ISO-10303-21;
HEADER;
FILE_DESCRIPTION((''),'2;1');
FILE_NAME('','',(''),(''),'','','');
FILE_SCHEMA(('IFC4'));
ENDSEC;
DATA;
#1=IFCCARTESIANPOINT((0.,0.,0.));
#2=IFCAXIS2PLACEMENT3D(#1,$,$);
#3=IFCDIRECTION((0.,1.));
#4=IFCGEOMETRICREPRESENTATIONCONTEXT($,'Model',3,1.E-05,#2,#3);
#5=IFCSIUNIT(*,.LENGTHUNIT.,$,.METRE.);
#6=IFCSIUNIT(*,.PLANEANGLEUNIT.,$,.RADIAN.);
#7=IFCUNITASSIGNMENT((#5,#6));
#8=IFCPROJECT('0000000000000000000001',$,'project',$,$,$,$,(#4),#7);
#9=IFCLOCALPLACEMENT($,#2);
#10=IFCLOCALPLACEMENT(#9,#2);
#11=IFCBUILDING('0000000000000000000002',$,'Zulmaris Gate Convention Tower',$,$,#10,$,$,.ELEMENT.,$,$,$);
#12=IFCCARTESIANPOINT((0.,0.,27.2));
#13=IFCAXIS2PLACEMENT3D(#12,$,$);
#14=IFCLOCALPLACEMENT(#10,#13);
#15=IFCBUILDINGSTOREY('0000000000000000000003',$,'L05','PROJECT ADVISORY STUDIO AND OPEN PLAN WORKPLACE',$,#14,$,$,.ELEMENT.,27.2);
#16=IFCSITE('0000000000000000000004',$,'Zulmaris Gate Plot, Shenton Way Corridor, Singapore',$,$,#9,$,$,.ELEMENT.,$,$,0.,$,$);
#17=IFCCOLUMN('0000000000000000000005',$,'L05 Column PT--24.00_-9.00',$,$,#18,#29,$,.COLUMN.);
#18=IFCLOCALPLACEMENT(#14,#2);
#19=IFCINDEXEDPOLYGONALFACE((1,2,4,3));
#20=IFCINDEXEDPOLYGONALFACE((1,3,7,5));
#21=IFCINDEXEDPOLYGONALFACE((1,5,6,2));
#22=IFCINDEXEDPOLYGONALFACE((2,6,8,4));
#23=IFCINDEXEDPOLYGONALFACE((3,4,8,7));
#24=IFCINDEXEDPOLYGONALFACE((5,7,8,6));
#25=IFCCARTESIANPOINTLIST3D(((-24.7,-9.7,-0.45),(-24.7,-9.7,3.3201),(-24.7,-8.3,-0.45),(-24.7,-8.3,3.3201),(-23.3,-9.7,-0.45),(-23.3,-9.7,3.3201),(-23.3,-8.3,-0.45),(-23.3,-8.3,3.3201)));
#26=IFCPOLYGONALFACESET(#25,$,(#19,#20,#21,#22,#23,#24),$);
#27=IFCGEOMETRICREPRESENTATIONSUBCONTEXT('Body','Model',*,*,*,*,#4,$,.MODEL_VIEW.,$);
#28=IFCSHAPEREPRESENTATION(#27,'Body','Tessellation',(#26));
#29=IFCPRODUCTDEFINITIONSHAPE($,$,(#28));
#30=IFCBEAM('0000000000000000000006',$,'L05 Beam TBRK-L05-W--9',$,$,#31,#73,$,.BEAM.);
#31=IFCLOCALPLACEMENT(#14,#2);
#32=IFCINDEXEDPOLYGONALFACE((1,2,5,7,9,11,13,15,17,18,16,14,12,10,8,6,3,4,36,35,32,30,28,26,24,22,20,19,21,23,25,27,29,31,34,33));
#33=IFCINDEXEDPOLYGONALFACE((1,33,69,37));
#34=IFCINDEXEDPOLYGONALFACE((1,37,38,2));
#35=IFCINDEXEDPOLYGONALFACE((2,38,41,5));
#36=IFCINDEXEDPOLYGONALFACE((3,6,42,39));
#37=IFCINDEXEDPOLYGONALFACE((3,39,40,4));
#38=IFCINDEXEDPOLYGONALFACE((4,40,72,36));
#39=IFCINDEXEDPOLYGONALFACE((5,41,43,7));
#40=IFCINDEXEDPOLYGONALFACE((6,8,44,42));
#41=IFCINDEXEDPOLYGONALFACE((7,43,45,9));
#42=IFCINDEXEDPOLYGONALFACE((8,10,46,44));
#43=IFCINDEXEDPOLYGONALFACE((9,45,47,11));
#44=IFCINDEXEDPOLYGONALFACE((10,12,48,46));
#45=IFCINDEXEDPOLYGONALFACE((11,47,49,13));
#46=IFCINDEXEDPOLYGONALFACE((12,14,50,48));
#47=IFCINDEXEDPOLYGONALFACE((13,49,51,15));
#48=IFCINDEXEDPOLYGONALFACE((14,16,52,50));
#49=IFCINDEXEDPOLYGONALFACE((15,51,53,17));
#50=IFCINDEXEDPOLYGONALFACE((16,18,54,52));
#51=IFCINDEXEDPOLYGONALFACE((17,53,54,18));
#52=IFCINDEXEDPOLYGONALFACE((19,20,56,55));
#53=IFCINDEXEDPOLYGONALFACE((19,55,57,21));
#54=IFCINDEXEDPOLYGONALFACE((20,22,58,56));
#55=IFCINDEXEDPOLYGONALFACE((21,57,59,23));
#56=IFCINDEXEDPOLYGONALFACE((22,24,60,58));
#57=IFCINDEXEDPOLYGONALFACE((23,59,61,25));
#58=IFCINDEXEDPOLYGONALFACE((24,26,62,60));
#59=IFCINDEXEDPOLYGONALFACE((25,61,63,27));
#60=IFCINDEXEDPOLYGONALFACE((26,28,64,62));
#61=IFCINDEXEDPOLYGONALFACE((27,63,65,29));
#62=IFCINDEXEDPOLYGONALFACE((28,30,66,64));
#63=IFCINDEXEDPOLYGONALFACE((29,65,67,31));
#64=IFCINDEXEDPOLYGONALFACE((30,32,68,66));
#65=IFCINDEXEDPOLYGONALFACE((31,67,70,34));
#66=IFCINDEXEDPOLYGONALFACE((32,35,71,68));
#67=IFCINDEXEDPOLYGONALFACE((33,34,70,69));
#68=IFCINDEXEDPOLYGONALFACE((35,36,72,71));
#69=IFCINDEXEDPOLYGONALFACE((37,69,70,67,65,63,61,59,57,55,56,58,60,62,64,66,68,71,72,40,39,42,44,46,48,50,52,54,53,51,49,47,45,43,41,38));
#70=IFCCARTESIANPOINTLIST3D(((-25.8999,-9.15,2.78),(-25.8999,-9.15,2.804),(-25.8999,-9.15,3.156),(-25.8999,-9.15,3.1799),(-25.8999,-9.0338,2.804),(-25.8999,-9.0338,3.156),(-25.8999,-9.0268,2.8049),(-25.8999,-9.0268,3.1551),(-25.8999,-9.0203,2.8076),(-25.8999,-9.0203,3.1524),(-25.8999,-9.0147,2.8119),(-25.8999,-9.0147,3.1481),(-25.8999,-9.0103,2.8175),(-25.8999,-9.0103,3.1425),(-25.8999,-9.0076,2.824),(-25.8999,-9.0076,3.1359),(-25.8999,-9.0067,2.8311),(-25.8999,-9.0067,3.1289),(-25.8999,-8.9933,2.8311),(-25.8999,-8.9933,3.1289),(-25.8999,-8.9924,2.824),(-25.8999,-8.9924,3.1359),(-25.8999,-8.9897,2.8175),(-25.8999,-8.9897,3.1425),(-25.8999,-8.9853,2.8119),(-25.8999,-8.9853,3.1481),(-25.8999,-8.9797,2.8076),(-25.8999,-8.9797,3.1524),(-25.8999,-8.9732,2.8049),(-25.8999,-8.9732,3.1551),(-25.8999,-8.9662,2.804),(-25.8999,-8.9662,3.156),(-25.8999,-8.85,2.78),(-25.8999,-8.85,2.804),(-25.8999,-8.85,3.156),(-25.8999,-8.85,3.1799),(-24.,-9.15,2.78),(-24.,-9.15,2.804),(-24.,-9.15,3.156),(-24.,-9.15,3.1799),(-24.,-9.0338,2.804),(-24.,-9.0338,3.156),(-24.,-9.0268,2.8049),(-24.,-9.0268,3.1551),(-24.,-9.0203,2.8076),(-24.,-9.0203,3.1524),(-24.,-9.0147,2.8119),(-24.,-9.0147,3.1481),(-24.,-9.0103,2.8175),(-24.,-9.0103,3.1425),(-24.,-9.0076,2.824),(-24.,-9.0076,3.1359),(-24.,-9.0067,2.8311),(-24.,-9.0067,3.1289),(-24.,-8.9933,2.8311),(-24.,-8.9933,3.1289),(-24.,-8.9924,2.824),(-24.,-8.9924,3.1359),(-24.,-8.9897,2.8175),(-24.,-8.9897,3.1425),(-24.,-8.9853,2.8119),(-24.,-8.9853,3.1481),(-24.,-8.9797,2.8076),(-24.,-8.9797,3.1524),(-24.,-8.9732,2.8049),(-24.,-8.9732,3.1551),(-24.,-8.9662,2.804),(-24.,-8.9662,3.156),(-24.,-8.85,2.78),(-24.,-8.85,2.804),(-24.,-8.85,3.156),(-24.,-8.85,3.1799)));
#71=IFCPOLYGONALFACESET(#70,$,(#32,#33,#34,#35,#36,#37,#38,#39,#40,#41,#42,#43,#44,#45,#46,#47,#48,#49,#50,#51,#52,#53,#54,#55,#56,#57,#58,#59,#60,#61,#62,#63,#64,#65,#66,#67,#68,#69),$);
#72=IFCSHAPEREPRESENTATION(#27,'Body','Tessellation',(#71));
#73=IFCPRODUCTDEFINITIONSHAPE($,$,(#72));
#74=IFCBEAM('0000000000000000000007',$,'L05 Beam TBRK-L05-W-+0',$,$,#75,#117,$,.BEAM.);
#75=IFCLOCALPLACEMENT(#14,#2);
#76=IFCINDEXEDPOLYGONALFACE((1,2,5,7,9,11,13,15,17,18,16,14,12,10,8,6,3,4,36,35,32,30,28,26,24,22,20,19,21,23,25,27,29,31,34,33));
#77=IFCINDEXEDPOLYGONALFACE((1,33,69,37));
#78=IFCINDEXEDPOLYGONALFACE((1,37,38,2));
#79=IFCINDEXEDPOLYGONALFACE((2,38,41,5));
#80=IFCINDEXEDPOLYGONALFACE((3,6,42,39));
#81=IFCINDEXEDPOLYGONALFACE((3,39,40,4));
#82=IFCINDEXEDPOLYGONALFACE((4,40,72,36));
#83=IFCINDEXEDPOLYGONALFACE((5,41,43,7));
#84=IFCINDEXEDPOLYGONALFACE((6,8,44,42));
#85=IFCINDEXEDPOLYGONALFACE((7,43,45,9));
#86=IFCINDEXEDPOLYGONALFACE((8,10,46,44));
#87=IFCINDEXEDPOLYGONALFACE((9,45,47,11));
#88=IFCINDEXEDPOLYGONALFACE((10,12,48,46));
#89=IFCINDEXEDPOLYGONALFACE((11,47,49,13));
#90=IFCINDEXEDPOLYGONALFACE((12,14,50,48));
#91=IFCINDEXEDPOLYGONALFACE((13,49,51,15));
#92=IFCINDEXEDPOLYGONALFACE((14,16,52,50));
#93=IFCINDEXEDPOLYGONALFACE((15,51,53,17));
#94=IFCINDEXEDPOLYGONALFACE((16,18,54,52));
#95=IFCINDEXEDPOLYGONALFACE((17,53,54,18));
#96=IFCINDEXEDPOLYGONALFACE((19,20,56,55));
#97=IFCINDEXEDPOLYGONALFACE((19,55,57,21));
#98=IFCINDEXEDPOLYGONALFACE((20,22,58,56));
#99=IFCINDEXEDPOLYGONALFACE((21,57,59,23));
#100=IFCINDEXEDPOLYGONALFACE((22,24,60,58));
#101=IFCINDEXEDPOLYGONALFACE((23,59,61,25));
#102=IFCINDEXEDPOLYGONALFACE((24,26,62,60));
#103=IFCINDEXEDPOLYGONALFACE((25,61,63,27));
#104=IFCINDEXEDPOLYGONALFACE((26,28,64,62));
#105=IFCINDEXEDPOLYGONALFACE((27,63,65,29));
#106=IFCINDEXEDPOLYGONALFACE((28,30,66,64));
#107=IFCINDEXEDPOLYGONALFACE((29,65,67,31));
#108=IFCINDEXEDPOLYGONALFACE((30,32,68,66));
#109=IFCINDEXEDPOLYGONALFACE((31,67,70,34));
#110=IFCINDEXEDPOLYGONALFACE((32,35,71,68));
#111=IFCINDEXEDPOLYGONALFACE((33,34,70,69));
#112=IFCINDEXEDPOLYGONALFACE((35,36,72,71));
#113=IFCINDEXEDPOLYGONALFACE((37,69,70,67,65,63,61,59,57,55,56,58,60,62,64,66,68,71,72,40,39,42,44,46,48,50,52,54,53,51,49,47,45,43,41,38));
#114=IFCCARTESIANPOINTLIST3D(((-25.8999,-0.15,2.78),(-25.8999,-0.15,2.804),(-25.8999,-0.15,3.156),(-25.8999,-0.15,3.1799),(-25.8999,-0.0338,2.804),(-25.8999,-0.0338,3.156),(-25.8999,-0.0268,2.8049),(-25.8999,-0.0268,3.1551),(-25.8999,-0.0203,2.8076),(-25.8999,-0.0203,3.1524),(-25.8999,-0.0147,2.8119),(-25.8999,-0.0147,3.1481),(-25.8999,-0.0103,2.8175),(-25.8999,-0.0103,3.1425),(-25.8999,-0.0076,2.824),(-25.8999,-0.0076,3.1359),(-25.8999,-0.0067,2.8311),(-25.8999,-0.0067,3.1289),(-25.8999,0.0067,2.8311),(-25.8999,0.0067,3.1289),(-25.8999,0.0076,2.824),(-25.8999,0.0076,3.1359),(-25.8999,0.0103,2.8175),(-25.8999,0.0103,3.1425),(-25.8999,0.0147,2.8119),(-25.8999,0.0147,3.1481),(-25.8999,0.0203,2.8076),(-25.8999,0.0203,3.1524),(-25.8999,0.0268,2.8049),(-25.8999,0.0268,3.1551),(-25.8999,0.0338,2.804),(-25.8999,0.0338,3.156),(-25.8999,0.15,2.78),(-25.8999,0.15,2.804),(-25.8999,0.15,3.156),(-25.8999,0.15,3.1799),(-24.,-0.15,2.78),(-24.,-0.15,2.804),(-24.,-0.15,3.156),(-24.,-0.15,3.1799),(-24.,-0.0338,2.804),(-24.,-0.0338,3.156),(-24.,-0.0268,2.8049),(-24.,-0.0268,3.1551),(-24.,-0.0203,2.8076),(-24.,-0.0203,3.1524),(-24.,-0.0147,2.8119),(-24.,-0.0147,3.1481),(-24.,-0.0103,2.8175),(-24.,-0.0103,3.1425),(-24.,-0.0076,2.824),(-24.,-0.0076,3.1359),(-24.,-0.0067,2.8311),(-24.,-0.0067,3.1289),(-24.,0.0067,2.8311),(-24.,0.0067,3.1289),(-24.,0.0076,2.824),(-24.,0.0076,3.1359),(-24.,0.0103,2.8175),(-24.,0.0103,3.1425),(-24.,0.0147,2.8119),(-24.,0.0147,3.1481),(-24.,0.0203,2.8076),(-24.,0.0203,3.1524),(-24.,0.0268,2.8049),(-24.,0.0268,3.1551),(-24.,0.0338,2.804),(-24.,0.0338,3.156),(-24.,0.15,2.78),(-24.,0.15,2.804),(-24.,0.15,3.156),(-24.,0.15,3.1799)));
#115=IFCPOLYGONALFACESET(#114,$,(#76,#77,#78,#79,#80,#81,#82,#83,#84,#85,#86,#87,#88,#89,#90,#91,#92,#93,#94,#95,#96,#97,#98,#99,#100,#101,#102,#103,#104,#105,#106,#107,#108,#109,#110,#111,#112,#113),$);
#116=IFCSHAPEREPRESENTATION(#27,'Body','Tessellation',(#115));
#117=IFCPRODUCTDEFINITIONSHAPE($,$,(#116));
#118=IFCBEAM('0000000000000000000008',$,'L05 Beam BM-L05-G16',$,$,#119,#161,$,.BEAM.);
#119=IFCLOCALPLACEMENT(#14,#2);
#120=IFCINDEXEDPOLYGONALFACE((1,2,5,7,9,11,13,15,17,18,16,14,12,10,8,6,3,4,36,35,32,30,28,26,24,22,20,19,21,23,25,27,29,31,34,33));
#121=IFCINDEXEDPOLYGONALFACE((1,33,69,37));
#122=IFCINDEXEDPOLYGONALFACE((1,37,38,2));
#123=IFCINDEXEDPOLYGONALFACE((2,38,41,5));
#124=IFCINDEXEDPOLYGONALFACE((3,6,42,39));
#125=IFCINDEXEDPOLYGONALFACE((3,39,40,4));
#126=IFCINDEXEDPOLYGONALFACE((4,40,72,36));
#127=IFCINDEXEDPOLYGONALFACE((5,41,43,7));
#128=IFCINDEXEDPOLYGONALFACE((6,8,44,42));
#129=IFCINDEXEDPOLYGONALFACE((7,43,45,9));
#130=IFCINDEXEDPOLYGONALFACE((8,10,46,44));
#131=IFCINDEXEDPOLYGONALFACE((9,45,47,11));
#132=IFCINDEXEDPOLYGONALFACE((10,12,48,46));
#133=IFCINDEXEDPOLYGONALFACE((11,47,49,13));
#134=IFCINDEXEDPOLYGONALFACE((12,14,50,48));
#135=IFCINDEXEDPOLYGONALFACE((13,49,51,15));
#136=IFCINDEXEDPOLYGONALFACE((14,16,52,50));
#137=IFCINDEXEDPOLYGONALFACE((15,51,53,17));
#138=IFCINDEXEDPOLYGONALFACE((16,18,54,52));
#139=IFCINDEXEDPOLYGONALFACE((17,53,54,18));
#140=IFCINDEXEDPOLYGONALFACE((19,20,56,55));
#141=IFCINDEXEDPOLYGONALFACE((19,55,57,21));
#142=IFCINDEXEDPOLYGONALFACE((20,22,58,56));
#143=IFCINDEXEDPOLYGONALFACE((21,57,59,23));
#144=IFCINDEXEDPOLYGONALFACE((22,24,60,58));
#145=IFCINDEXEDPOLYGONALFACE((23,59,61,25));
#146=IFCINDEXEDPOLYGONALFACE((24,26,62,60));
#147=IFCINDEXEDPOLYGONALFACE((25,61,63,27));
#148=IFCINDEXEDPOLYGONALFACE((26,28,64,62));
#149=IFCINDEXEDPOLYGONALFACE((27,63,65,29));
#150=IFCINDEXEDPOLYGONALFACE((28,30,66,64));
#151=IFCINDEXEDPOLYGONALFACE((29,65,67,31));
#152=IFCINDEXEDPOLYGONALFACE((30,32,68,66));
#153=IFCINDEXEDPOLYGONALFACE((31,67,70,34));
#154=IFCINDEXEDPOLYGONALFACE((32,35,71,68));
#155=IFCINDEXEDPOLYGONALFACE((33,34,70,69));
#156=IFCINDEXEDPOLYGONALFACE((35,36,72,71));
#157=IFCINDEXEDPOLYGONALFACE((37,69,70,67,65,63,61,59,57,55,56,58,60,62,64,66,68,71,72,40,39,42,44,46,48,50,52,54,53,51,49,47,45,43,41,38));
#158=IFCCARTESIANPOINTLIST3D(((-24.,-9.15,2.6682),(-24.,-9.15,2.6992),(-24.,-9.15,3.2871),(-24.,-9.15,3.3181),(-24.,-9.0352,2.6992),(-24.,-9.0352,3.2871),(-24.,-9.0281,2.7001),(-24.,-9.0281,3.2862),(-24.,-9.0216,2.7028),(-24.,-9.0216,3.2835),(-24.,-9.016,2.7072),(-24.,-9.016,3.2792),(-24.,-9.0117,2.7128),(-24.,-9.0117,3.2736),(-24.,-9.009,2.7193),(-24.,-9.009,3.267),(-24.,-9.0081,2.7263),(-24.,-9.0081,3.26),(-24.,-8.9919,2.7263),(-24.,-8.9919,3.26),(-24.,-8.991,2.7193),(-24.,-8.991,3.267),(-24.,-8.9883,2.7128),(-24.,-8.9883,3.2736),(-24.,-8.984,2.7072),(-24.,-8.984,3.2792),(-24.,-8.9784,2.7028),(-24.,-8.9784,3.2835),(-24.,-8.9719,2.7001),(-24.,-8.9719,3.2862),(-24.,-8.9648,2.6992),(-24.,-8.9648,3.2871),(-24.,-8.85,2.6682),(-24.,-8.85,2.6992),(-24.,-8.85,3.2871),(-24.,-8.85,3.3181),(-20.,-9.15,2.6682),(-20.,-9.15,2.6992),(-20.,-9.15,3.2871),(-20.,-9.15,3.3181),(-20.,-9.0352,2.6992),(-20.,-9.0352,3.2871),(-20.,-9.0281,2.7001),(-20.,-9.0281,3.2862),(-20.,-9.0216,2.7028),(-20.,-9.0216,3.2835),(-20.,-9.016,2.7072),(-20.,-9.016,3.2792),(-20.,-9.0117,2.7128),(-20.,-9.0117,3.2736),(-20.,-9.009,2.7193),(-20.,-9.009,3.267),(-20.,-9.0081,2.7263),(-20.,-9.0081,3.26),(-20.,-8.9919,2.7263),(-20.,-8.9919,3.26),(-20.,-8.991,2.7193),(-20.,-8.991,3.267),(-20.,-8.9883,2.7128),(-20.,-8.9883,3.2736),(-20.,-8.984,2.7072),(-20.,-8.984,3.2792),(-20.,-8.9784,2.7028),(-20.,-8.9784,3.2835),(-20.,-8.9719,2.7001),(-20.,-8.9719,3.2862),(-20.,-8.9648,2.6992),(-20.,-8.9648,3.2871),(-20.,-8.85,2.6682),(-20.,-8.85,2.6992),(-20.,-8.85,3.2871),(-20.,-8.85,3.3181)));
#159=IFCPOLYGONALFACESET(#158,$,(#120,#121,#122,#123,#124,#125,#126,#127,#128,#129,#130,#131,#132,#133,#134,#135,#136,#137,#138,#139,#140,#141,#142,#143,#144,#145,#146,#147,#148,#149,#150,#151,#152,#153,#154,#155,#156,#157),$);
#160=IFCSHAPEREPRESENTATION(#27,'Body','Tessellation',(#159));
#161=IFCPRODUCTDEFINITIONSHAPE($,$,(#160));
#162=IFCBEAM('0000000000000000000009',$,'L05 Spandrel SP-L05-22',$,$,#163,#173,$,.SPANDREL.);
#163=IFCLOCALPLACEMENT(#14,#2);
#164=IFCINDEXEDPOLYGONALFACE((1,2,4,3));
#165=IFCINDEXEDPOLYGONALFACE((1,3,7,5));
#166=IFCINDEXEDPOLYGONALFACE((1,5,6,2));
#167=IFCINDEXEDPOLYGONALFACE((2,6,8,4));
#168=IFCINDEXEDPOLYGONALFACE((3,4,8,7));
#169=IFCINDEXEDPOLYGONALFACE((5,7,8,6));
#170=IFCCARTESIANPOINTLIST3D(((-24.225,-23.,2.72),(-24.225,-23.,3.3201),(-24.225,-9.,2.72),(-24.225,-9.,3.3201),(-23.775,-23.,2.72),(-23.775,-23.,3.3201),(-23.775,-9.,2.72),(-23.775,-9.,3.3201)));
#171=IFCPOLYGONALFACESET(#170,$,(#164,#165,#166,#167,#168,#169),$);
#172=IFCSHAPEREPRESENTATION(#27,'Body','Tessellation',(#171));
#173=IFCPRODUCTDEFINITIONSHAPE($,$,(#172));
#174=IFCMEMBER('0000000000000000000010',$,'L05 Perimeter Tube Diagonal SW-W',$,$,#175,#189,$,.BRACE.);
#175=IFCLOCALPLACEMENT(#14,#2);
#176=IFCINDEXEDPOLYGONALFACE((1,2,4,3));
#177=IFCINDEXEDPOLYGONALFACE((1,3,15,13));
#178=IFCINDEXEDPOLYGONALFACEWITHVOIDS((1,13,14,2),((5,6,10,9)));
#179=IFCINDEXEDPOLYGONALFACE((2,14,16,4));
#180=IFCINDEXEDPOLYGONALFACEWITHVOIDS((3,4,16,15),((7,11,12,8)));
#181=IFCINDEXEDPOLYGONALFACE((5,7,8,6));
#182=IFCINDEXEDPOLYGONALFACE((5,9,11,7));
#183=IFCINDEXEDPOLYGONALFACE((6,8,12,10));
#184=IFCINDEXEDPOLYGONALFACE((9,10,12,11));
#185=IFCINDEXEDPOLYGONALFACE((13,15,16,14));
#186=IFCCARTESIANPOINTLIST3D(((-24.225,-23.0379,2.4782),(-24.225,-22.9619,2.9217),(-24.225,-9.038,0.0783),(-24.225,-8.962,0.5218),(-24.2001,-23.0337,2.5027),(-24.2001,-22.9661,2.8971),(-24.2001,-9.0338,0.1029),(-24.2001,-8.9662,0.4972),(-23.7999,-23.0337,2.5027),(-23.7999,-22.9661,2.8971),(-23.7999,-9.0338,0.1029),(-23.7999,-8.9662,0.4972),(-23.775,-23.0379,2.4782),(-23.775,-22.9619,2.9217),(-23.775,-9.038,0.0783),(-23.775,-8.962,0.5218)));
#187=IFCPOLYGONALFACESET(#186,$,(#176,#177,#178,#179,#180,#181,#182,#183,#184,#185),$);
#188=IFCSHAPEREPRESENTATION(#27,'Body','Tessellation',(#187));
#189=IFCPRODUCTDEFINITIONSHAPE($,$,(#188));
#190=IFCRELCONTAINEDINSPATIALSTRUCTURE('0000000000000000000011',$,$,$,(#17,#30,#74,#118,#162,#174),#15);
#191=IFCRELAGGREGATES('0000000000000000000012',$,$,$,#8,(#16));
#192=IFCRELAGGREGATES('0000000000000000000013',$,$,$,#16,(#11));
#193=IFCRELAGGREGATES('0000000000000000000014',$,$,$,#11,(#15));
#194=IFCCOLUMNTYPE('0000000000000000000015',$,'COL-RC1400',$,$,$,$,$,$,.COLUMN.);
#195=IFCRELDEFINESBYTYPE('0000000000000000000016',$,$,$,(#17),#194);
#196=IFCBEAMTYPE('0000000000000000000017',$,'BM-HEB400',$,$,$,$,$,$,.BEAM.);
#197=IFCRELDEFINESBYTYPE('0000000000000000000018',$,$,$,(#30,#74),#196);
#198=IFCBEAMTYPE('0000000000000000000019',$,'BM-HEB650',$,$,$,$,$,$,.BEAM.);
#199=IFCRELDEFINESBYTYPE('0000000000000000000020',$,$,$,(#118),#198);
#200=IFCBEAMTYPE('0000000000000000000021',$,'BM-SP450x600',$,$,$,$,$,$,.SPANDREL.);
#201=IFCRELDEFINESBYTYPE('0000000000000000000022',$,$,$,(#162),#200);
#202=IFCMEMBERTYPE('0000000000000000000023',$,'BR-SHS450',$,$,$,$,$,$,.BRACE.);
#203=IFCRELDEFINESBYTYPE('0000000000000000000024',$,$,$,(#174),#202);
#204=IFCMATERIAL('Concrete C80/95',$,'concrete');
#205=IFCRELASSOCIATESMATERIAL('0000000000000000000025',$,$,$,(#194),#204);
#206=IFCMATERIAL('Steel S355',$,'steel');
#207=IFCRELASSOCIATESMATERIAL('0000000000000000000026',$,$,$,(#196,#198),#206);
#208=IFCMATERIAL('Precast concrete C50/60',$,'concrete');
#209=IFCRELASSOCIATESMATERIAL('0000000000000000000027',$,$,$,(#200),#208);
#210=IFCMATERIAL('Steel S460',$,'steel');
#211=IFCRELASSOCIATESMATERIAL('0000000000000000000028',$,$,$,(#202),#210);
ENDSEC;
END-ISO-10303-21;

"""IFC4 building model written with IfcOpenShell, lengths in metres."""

from ifc_helpers import new_model, si_unit, direction, frame, origin, origin_2d, place, context, subcontext, project, spatial, rectangle, hollow_rectangle, i_section, extrude, material, material_profile, profile_set, type_object, element, save


model = new_model("IFC4")

# Units and contexts
model_context = context("Model", 3, precision=1e-05, world=origin(), true_north=direction((0.0, 1.0)))
body_context = subcontext(model_context, "Body", "Model", "MODEL_VIEW")
ifc_project = project(units=[si_unit("LENGTHUNIT", "METRE"), si_unit("PLANEANGLEUNIT", "RADIAN")], contexts=[model_context])

# Site, building, storey
site_placement = place(None, origin())
site = spatial("IfcSite", under=ifc_project, at=site_placement, Name="Zulmaris Gate Plot, Shenton Way Corridor, Singapore", CompositionType="ELEMENT", RefElevation=0.0)
building_placement = place(site_placement, origin())
building = spatial("IfcBuilding", under=site, at=building_placement, Name="Zulmaris Gate Convention Tower", CompositionType="ELEMENT")
storey_placement = place(building_placement, frame((0.0, 0.0, 27.2)))
storey = spatial("IfcBuildingStorey", under=building, at=storey_placement, Name="L05", Description="PROJECT ADVISORY STUDIO AND OPEN PLAN WORKPLACE", CompositionType="ELEMENT", Elevation=27.2)

# Column
ifc_material_1 = material(Name="Concrete C80/95", Category="concrete")
ifc_material_profile_1 = material_profile(ifc_material_1, rectangle(XDim=1.3999, YDim=1.3999, at=origin_2d()), Name="RC COL 1400x1400")
ifc_profile_set_1 = profile_set([ifc_material_profile_1], Name="Concrete C80/95")
column_type = type_object("IfcColumnType", Name="COL-RC1400", PredefinedType="COLUMN", material=ifc_profile_set_1)
column_placement = place(storey_placement, frame((-24.0, -9.0, -0.45), z_axis=(0.0, 0.0, 1.0), x_axis=(1.0, 0.0, 0.0)))
element("IfcColumn", 1, at=column_placement, inside=storey, type_object=column_type, Name="L05 Column PT--24.00_-9.00", PredefinedType="COLUMN", context=body_context, shape_type="SweptSolid", body=[
    extrude(rectangle(XDim=1.3999, YDim=1.3999, at=origin_2d()), origin(), (0.0, 0.0, 1.0), 3.77),
])

# Beams
ifc_material_2 = material(Name="Steel S355", Category="steel")
ifc_material_profile_2 = material_profile(ifc_material_2, i_section(OverallWidth=0.3, OverallDepth=0.3999, WebThickness=0.0134, FlangeThickness=0.0239, FilletRadius=0.0271, at=origin_2d()), Name="HEB 400")
ifc_profile_set_2 = profile_set([ifc_material_profile_2], Name="Steel S355")
beam_type_1 = type_object("IfcBeamType", Name="BM-HEB400", PredefinedType="BEAM", material=ifc_profile_set_2)
for number, where, z_axis, x_axis, name in (
    (2, (-25.8999, -9.0, 2.98), (1.0, 0.0, 0.0), (0.0, 1.0, 0.0), "L05 Beam TBRK-L05-W--9"),
    (3, (-25.8999, 0.0, 2.98), (1.0, 0.0, 0.0), (0.0, 1.0, 0.0), "L05 Beam TBRK-L05-W-+0"),
):
    element("IfcBeam", number, at=place(storey_placement, frame(where, z_axis=z_axis, x_axis=x_axis)), inside=storey, type_object=beam_type_1, Name=name, PredefinedType="BEAM", context=body_context, shape_type="SweptSolid", body=[
        extrude(i_section(OverallWidth=0.3, OverallDepth=0.3999, WebThickness=0.0134, FlangeThickness=0.0239, FilletRadius=0.0271, at=origin_2d()), origin(), (0.0, 0.0, 1.0), 1.8999),
    ])
ifc_material_profile_3 = material_profile(ifc_material_2, i_section(OverallWidth=0.3, OverallDepth=0.6499, WebThickness=0.0161, FlangeThickness=0.031, FilletRadius=0.0271, at=origin_2d()), Name="HEB 650")
ifc_profile_set_3 = profile_set([ifc_material_profile_3], Name="Steel S355")
beam_type_2 = type_object("IfcBeamType", Name="BM-HEB650", PredefinedType="BEAM", material=ifc_profile_set_3)
beam_1_placement = place(storey_placement, frame((-24.0, -9.0, 2.9932), z_axis=(1.0, 0.0, 0.0), x_axis=(0.0, 1.0, 0.0)))
element("IfcBeam", 4, at=beam_1_placement, inside=storey, type_object=beam_type_2, Name="L05 Beam BM-L05-G16", PredefinedType="BEAM", context=body_context, shape_type="SweptSolid", body=[
    extrude(i_section(OverallWidth=0.3, OverallDepth=0.6499, WebThickness=0.0161, FlangeThickness=0.031, FilletRadius=0.0271, at=origin_2d()), origin(), (0.0, 0.0, 1.0), 4.0),
])
ifc_material_3 = material(Name="Precast concrete C50/60", Category="concrete")
ifc_material_profile_4 = material_profile(ifc_material_3, rectangle(XDim=0.45, YDim=0.6001, at=origin_2d()), Name="RC SPANDREL 450x600")
ifc_profile_set_4 = profile_set([ifc_material_profile_4], Name="Precast concrete C50/60")
beam_type_3 = type_object("IfcBeamType", Name="BM-SP450x600", PredefinedType="SPANDREL", material=ifc_profile_set_4)
beam_2_placement = place(storey_placement, frame((-24.0, -9.0, 3.02), z_axis=(0.0, -1.0, 0.0), x_axis=(1.0, 0.0, 0.0)))
element("IfcBeam", 5, at=beam_2_placement, inside=storey, type_object=beam_type_3, Name="L05 Spandrel SP-L05-22", PredefinedType="SPANDREL", context=body_context, shape_type="SweptSolid", body=[
    extrude(rectangle(XDim=0.45, YDim=0.6001, at=origin_2d()), origin(), (0.0, 0.0, 1.0), 14.0),
])

# Member
ifc_material_4 = material(Name="Steel S460", Category="steel")
ifc_material_profile_5 = material_profile(ifc_material_4, hollow_rectangle(XDim=0.45, YDim=0.45, WallThickness=0.0249, at=origin_2d()), Name="SHS 450x450x25")
ifc_profile_set_5 = profile_set([ifc_material_profile_5], Name="Steel S460")
member_type = type_object("IfcMemberType", Name="BR-SHS450", PredefinedType="BRACE", material=ifc_profile_set_5)
member_placement = place(storey_placement, frame((-24.0, -9.0, 0.3), z_axis=(0.0, -0.985623, 0.168957), x_axis=(1.0, 0.0, 0.0)))
element("IfcMember", 6, at=member_placement, inside=storey, type_object=member_type, Name="L05 Perimeter Tube Diagonal SW-W", PredefinedType="BRACE", context=body_context, shape_type="SweptSolid", body=[
    extrude(hollow_rectangle(XDim=0.45, YDim=0.45, WallThickness=0.0249, at=origin_2d()), origin(), (0.0, 0.0, 1.0), 14.2041),
])

save(model, "model.ifc")
